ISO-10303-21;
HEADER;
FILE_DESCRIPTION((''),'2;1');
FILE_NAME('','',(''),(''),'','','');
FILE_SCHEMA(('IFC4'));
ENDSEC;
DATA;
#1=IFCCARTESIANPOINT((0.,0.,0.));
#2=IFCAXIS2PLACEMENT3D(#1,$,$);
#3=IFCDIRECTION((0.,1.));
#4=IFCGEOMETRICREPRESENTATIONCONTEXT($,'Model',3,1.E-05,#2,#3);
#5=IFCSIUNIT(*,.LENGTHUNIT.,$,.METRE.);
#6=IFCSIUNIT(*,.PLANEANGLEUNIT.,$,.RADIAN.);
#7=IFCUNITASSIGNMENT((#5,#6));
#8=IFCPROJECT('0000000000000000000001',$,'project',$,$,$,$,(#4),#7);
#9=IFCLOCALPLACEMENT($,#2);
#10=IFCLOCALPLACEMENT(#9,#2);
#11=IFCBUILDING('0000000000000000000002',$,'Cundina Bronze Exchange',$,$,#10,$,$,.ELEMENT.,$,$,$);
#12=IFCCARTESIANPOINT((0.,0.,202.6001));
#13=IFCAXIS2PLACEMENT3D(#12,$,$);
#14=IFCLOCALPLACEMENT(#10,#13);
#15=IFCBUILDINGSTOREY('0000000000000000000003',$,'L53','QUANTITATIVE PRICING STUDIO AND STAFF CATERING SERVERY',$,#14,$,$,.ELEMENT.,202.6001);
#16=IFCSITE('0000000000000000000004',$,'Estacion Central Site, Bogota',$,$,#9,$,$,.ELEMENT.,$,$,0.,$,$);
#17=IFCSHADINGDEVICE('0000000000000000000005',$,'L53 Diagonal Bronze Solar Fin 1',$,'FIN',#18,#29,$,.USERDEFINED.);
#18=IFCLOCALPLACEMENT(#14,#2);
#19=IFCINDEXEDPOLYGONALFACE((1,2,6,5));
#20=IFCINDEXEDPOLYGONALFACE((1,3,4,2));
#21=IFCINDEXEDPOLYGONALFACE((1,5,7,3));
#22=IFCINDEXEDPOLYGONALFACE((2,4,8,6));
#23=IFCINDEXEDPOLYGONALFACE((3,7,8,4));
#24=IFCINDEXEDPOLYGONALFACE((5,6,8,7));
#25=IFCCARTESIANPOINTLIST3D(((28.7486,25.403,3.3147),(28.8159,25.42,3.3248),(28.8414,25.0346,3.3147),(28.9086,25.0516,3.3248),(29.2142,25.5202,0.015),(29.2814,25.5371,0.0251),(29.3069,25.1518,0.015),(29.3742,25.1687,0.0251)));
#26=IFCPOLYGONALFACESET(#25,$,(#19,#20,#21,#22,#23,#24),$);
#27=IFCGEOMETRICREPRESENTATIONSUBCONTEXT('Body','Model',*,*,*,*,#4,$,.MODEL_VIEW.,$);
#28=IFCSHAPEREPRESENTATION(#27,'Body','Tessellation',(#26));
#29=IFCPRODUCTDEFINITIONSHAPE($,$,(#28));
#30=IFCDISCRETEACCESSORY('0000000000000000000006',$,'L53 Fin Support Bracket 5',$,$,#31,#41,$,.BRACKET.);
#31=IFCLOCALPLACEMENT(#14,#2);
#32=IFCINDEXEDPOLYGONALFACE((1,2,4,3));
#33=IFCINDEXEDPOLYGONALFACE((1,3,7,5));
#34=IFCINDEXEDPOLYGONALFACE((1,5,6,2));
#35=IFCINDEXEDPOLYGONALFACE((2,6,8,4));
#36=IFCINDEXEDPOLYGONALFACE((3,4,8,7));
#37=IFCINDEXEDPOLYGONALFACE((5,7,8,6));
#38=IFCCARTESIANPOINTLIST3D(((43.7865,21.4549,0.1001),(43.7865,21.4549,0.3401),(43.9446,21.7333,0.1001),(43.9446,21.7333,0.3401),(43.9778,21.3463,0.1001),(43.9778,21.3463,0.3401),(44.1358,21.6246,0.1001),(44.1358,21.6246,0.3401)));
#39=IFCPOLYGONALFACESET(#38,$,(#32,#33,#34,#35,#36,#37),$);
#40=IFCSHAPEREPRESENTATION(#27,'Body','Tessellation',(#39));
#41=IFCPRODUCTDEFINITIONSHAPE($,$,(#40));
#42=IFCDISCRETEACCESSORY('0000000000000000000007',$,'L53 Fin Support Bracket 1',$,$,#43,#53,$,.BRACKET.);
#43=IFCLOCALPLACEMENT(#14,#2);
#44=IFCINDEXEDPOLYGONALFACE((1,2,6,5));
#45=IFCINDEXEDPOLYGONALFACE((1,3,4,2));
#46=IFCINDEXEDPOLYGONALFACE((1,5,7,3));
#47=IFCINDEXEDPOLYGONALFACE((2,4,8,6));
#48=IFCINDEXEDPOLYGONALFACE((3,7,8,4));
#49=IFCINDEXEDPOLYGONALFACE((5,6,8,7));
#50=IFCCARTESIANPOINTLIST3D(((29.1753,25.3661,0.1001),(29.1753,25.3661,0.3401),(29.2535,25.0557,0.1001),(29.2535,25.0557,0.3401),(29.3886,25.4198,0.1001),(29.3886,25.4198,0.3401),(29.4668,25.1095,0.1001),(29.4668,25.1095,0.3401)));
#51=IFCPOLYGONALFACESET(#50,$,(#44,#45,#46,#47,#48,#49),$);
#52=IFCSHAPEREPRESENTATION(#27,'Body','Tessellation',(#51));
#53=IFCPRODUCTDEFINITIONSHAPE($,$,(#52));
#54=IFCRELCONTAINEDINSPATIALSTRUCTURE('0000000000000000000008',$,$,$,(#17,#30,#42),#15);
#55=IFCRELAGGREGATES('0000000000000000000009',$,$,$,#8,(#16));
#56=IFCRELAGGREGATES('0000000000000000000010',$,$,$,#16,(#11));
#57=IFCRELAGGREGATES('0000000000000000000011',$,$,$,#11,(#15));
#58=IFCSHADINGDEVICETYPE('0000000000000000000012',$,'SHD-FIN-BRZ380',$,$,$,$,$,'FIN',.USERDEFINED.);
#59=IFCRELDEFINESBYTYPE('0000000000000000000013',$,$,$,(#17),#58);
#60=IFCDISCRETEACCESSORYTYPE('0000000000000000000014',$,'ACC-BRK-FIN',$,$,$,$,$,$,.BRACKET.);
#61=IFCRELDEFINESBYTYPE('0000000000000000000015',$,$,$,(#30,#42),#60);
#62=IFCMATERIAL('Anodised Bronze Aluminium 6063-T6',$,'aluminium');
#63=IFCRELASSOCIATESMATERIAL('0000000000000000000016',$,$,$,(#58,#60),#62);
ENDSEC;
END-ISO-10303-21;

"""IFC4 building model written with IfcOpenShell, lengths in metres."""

from ifc_helpers import new_model, si_unit, direction, frame, origin, origin_2d, place, context, subcontext, project, spatial, rectangle, extrude, material, material_profile, profile_set, type_object, element, save


model = new_model("IFC4")

# Units and contexts
model_context = context("Model", 3, precision=1e-05, world=origin(), true_north=direction((0.0, 1.0)))
body_context = subcontext(model_context, "Body", "Model", "MODEL_VIEW")
ifc_project = project(units=[si_unit("LENGTHUNIT", "METRE"), si_unit("PLANEANGLEUNIT", "RADIAN")], contexts=[model_context])

# Site, building, storey
site_placement = place(None, origin())
site = spatial("IfcSite", under=ifc_project, at=site_placement, Name="Estacion Central Site, Bogota", CompositionType="ELEMENT", RefElevation=0.0)
building_placement = place(site_placement, origin())
building = spatial("IfcBuilding", under=site, at=building_placement, Name="Cundina Bronze Exchange", CompositionType="ELEMENT")
storey_placement = place(building_placement, frame((0.0, 0.0, 202.6001)))
storey = spatial("IfcBuildingStorey", under=building, at=storey_placement, Name="L53", Description="QUANTITATIVE PRICING STUDIO AND STAFF CATERING SERVERY", CompositionType="ELEMENT", Elevation=202.6001)

# Shared definitions
ifc_material_1 = material(Name="Anodised Bronze Aluminium 6063-T6", Category="aluminium")

# Shading device
ifc_material_profile_1 = material_profile(ifc_material_1, rectangle(XDim=0.0701, YDim=0.3799, at=origin_2d()), Name="FIN70X380", Category="aluminium")
ifc_profile_set_1 = profile_set([ifc_material_profile_1], Name="Anodised Bronze Aluminium 6063-T6")
shading_device_type = type_object("IfcShadingDeviceType", Name="SHD-FIN-BRZ380", ElementType="FIN", PredefinedType="USERDEFINED", material=ifc_profile_set_1)
for number, where, z_axis, x_axis, name in (
    (1, (29.2942, 25.3445, 0.02), (-0.139622, -0.035143, 0.989581), (0.959649, 0.241548, 0.143977), "L53 Diagonal Bronze Solar Fin 1"),
):
    element("IfcShadingDevice", number, at=place(storey_placement, frame(where, z_axis=z_axis, x_axis=x_axis)), inside=storey, type_object=shading_device_type, Name=name, ObjectType="FIN", PredefinedType="USERDEFINED", context=body_context, shape_type="SweptSolid", body=[
        extrude(rectangle(XDim=0.0701, YDim=0.3799, at=origin_2d()), origin(), (0.0, 0.0, 1.0), 3.3345),
    ])

# Discrete accessories
discrete_accessory_type = type_object("IfcDiscreteAccessoryType", Name="ACC-BRK-FIN", PredefinedType="BRACKET", material=ifc_material_1)
for number, where, z_axis, x_axis, name in (
    (2, (43.9612, 21.5398, 0.1001), (0.0, 0.0, 1.0), (-0.869573, 0.493805, 0.0), "L53 Fin Support Bracket 5"),
    (3, (29.321, 25.2378, 0.1001), (0.0, 0.0, 1.0), (-0.969732, -0.244174, 0.0), "L53 Fin Support Bracket 1"),
):
    element("IfcDiscreteAccessory", number, at=place(storey_placement, frame(where, z_axis=z_axis, x_axis=x_axis)), inside=storey, type_object=discrete_accessory_type, Name=name, PredefinedType="BRACKET", context=body_context, shape_type="SweptSolid", body=[
        extrude(rectangle(XDim=0.22, YDim=0.3201, at=origin_2d()), origin(), (0.0, 0.0, 1.0), 0.24),
    ])

save(model, "model.ifc")
